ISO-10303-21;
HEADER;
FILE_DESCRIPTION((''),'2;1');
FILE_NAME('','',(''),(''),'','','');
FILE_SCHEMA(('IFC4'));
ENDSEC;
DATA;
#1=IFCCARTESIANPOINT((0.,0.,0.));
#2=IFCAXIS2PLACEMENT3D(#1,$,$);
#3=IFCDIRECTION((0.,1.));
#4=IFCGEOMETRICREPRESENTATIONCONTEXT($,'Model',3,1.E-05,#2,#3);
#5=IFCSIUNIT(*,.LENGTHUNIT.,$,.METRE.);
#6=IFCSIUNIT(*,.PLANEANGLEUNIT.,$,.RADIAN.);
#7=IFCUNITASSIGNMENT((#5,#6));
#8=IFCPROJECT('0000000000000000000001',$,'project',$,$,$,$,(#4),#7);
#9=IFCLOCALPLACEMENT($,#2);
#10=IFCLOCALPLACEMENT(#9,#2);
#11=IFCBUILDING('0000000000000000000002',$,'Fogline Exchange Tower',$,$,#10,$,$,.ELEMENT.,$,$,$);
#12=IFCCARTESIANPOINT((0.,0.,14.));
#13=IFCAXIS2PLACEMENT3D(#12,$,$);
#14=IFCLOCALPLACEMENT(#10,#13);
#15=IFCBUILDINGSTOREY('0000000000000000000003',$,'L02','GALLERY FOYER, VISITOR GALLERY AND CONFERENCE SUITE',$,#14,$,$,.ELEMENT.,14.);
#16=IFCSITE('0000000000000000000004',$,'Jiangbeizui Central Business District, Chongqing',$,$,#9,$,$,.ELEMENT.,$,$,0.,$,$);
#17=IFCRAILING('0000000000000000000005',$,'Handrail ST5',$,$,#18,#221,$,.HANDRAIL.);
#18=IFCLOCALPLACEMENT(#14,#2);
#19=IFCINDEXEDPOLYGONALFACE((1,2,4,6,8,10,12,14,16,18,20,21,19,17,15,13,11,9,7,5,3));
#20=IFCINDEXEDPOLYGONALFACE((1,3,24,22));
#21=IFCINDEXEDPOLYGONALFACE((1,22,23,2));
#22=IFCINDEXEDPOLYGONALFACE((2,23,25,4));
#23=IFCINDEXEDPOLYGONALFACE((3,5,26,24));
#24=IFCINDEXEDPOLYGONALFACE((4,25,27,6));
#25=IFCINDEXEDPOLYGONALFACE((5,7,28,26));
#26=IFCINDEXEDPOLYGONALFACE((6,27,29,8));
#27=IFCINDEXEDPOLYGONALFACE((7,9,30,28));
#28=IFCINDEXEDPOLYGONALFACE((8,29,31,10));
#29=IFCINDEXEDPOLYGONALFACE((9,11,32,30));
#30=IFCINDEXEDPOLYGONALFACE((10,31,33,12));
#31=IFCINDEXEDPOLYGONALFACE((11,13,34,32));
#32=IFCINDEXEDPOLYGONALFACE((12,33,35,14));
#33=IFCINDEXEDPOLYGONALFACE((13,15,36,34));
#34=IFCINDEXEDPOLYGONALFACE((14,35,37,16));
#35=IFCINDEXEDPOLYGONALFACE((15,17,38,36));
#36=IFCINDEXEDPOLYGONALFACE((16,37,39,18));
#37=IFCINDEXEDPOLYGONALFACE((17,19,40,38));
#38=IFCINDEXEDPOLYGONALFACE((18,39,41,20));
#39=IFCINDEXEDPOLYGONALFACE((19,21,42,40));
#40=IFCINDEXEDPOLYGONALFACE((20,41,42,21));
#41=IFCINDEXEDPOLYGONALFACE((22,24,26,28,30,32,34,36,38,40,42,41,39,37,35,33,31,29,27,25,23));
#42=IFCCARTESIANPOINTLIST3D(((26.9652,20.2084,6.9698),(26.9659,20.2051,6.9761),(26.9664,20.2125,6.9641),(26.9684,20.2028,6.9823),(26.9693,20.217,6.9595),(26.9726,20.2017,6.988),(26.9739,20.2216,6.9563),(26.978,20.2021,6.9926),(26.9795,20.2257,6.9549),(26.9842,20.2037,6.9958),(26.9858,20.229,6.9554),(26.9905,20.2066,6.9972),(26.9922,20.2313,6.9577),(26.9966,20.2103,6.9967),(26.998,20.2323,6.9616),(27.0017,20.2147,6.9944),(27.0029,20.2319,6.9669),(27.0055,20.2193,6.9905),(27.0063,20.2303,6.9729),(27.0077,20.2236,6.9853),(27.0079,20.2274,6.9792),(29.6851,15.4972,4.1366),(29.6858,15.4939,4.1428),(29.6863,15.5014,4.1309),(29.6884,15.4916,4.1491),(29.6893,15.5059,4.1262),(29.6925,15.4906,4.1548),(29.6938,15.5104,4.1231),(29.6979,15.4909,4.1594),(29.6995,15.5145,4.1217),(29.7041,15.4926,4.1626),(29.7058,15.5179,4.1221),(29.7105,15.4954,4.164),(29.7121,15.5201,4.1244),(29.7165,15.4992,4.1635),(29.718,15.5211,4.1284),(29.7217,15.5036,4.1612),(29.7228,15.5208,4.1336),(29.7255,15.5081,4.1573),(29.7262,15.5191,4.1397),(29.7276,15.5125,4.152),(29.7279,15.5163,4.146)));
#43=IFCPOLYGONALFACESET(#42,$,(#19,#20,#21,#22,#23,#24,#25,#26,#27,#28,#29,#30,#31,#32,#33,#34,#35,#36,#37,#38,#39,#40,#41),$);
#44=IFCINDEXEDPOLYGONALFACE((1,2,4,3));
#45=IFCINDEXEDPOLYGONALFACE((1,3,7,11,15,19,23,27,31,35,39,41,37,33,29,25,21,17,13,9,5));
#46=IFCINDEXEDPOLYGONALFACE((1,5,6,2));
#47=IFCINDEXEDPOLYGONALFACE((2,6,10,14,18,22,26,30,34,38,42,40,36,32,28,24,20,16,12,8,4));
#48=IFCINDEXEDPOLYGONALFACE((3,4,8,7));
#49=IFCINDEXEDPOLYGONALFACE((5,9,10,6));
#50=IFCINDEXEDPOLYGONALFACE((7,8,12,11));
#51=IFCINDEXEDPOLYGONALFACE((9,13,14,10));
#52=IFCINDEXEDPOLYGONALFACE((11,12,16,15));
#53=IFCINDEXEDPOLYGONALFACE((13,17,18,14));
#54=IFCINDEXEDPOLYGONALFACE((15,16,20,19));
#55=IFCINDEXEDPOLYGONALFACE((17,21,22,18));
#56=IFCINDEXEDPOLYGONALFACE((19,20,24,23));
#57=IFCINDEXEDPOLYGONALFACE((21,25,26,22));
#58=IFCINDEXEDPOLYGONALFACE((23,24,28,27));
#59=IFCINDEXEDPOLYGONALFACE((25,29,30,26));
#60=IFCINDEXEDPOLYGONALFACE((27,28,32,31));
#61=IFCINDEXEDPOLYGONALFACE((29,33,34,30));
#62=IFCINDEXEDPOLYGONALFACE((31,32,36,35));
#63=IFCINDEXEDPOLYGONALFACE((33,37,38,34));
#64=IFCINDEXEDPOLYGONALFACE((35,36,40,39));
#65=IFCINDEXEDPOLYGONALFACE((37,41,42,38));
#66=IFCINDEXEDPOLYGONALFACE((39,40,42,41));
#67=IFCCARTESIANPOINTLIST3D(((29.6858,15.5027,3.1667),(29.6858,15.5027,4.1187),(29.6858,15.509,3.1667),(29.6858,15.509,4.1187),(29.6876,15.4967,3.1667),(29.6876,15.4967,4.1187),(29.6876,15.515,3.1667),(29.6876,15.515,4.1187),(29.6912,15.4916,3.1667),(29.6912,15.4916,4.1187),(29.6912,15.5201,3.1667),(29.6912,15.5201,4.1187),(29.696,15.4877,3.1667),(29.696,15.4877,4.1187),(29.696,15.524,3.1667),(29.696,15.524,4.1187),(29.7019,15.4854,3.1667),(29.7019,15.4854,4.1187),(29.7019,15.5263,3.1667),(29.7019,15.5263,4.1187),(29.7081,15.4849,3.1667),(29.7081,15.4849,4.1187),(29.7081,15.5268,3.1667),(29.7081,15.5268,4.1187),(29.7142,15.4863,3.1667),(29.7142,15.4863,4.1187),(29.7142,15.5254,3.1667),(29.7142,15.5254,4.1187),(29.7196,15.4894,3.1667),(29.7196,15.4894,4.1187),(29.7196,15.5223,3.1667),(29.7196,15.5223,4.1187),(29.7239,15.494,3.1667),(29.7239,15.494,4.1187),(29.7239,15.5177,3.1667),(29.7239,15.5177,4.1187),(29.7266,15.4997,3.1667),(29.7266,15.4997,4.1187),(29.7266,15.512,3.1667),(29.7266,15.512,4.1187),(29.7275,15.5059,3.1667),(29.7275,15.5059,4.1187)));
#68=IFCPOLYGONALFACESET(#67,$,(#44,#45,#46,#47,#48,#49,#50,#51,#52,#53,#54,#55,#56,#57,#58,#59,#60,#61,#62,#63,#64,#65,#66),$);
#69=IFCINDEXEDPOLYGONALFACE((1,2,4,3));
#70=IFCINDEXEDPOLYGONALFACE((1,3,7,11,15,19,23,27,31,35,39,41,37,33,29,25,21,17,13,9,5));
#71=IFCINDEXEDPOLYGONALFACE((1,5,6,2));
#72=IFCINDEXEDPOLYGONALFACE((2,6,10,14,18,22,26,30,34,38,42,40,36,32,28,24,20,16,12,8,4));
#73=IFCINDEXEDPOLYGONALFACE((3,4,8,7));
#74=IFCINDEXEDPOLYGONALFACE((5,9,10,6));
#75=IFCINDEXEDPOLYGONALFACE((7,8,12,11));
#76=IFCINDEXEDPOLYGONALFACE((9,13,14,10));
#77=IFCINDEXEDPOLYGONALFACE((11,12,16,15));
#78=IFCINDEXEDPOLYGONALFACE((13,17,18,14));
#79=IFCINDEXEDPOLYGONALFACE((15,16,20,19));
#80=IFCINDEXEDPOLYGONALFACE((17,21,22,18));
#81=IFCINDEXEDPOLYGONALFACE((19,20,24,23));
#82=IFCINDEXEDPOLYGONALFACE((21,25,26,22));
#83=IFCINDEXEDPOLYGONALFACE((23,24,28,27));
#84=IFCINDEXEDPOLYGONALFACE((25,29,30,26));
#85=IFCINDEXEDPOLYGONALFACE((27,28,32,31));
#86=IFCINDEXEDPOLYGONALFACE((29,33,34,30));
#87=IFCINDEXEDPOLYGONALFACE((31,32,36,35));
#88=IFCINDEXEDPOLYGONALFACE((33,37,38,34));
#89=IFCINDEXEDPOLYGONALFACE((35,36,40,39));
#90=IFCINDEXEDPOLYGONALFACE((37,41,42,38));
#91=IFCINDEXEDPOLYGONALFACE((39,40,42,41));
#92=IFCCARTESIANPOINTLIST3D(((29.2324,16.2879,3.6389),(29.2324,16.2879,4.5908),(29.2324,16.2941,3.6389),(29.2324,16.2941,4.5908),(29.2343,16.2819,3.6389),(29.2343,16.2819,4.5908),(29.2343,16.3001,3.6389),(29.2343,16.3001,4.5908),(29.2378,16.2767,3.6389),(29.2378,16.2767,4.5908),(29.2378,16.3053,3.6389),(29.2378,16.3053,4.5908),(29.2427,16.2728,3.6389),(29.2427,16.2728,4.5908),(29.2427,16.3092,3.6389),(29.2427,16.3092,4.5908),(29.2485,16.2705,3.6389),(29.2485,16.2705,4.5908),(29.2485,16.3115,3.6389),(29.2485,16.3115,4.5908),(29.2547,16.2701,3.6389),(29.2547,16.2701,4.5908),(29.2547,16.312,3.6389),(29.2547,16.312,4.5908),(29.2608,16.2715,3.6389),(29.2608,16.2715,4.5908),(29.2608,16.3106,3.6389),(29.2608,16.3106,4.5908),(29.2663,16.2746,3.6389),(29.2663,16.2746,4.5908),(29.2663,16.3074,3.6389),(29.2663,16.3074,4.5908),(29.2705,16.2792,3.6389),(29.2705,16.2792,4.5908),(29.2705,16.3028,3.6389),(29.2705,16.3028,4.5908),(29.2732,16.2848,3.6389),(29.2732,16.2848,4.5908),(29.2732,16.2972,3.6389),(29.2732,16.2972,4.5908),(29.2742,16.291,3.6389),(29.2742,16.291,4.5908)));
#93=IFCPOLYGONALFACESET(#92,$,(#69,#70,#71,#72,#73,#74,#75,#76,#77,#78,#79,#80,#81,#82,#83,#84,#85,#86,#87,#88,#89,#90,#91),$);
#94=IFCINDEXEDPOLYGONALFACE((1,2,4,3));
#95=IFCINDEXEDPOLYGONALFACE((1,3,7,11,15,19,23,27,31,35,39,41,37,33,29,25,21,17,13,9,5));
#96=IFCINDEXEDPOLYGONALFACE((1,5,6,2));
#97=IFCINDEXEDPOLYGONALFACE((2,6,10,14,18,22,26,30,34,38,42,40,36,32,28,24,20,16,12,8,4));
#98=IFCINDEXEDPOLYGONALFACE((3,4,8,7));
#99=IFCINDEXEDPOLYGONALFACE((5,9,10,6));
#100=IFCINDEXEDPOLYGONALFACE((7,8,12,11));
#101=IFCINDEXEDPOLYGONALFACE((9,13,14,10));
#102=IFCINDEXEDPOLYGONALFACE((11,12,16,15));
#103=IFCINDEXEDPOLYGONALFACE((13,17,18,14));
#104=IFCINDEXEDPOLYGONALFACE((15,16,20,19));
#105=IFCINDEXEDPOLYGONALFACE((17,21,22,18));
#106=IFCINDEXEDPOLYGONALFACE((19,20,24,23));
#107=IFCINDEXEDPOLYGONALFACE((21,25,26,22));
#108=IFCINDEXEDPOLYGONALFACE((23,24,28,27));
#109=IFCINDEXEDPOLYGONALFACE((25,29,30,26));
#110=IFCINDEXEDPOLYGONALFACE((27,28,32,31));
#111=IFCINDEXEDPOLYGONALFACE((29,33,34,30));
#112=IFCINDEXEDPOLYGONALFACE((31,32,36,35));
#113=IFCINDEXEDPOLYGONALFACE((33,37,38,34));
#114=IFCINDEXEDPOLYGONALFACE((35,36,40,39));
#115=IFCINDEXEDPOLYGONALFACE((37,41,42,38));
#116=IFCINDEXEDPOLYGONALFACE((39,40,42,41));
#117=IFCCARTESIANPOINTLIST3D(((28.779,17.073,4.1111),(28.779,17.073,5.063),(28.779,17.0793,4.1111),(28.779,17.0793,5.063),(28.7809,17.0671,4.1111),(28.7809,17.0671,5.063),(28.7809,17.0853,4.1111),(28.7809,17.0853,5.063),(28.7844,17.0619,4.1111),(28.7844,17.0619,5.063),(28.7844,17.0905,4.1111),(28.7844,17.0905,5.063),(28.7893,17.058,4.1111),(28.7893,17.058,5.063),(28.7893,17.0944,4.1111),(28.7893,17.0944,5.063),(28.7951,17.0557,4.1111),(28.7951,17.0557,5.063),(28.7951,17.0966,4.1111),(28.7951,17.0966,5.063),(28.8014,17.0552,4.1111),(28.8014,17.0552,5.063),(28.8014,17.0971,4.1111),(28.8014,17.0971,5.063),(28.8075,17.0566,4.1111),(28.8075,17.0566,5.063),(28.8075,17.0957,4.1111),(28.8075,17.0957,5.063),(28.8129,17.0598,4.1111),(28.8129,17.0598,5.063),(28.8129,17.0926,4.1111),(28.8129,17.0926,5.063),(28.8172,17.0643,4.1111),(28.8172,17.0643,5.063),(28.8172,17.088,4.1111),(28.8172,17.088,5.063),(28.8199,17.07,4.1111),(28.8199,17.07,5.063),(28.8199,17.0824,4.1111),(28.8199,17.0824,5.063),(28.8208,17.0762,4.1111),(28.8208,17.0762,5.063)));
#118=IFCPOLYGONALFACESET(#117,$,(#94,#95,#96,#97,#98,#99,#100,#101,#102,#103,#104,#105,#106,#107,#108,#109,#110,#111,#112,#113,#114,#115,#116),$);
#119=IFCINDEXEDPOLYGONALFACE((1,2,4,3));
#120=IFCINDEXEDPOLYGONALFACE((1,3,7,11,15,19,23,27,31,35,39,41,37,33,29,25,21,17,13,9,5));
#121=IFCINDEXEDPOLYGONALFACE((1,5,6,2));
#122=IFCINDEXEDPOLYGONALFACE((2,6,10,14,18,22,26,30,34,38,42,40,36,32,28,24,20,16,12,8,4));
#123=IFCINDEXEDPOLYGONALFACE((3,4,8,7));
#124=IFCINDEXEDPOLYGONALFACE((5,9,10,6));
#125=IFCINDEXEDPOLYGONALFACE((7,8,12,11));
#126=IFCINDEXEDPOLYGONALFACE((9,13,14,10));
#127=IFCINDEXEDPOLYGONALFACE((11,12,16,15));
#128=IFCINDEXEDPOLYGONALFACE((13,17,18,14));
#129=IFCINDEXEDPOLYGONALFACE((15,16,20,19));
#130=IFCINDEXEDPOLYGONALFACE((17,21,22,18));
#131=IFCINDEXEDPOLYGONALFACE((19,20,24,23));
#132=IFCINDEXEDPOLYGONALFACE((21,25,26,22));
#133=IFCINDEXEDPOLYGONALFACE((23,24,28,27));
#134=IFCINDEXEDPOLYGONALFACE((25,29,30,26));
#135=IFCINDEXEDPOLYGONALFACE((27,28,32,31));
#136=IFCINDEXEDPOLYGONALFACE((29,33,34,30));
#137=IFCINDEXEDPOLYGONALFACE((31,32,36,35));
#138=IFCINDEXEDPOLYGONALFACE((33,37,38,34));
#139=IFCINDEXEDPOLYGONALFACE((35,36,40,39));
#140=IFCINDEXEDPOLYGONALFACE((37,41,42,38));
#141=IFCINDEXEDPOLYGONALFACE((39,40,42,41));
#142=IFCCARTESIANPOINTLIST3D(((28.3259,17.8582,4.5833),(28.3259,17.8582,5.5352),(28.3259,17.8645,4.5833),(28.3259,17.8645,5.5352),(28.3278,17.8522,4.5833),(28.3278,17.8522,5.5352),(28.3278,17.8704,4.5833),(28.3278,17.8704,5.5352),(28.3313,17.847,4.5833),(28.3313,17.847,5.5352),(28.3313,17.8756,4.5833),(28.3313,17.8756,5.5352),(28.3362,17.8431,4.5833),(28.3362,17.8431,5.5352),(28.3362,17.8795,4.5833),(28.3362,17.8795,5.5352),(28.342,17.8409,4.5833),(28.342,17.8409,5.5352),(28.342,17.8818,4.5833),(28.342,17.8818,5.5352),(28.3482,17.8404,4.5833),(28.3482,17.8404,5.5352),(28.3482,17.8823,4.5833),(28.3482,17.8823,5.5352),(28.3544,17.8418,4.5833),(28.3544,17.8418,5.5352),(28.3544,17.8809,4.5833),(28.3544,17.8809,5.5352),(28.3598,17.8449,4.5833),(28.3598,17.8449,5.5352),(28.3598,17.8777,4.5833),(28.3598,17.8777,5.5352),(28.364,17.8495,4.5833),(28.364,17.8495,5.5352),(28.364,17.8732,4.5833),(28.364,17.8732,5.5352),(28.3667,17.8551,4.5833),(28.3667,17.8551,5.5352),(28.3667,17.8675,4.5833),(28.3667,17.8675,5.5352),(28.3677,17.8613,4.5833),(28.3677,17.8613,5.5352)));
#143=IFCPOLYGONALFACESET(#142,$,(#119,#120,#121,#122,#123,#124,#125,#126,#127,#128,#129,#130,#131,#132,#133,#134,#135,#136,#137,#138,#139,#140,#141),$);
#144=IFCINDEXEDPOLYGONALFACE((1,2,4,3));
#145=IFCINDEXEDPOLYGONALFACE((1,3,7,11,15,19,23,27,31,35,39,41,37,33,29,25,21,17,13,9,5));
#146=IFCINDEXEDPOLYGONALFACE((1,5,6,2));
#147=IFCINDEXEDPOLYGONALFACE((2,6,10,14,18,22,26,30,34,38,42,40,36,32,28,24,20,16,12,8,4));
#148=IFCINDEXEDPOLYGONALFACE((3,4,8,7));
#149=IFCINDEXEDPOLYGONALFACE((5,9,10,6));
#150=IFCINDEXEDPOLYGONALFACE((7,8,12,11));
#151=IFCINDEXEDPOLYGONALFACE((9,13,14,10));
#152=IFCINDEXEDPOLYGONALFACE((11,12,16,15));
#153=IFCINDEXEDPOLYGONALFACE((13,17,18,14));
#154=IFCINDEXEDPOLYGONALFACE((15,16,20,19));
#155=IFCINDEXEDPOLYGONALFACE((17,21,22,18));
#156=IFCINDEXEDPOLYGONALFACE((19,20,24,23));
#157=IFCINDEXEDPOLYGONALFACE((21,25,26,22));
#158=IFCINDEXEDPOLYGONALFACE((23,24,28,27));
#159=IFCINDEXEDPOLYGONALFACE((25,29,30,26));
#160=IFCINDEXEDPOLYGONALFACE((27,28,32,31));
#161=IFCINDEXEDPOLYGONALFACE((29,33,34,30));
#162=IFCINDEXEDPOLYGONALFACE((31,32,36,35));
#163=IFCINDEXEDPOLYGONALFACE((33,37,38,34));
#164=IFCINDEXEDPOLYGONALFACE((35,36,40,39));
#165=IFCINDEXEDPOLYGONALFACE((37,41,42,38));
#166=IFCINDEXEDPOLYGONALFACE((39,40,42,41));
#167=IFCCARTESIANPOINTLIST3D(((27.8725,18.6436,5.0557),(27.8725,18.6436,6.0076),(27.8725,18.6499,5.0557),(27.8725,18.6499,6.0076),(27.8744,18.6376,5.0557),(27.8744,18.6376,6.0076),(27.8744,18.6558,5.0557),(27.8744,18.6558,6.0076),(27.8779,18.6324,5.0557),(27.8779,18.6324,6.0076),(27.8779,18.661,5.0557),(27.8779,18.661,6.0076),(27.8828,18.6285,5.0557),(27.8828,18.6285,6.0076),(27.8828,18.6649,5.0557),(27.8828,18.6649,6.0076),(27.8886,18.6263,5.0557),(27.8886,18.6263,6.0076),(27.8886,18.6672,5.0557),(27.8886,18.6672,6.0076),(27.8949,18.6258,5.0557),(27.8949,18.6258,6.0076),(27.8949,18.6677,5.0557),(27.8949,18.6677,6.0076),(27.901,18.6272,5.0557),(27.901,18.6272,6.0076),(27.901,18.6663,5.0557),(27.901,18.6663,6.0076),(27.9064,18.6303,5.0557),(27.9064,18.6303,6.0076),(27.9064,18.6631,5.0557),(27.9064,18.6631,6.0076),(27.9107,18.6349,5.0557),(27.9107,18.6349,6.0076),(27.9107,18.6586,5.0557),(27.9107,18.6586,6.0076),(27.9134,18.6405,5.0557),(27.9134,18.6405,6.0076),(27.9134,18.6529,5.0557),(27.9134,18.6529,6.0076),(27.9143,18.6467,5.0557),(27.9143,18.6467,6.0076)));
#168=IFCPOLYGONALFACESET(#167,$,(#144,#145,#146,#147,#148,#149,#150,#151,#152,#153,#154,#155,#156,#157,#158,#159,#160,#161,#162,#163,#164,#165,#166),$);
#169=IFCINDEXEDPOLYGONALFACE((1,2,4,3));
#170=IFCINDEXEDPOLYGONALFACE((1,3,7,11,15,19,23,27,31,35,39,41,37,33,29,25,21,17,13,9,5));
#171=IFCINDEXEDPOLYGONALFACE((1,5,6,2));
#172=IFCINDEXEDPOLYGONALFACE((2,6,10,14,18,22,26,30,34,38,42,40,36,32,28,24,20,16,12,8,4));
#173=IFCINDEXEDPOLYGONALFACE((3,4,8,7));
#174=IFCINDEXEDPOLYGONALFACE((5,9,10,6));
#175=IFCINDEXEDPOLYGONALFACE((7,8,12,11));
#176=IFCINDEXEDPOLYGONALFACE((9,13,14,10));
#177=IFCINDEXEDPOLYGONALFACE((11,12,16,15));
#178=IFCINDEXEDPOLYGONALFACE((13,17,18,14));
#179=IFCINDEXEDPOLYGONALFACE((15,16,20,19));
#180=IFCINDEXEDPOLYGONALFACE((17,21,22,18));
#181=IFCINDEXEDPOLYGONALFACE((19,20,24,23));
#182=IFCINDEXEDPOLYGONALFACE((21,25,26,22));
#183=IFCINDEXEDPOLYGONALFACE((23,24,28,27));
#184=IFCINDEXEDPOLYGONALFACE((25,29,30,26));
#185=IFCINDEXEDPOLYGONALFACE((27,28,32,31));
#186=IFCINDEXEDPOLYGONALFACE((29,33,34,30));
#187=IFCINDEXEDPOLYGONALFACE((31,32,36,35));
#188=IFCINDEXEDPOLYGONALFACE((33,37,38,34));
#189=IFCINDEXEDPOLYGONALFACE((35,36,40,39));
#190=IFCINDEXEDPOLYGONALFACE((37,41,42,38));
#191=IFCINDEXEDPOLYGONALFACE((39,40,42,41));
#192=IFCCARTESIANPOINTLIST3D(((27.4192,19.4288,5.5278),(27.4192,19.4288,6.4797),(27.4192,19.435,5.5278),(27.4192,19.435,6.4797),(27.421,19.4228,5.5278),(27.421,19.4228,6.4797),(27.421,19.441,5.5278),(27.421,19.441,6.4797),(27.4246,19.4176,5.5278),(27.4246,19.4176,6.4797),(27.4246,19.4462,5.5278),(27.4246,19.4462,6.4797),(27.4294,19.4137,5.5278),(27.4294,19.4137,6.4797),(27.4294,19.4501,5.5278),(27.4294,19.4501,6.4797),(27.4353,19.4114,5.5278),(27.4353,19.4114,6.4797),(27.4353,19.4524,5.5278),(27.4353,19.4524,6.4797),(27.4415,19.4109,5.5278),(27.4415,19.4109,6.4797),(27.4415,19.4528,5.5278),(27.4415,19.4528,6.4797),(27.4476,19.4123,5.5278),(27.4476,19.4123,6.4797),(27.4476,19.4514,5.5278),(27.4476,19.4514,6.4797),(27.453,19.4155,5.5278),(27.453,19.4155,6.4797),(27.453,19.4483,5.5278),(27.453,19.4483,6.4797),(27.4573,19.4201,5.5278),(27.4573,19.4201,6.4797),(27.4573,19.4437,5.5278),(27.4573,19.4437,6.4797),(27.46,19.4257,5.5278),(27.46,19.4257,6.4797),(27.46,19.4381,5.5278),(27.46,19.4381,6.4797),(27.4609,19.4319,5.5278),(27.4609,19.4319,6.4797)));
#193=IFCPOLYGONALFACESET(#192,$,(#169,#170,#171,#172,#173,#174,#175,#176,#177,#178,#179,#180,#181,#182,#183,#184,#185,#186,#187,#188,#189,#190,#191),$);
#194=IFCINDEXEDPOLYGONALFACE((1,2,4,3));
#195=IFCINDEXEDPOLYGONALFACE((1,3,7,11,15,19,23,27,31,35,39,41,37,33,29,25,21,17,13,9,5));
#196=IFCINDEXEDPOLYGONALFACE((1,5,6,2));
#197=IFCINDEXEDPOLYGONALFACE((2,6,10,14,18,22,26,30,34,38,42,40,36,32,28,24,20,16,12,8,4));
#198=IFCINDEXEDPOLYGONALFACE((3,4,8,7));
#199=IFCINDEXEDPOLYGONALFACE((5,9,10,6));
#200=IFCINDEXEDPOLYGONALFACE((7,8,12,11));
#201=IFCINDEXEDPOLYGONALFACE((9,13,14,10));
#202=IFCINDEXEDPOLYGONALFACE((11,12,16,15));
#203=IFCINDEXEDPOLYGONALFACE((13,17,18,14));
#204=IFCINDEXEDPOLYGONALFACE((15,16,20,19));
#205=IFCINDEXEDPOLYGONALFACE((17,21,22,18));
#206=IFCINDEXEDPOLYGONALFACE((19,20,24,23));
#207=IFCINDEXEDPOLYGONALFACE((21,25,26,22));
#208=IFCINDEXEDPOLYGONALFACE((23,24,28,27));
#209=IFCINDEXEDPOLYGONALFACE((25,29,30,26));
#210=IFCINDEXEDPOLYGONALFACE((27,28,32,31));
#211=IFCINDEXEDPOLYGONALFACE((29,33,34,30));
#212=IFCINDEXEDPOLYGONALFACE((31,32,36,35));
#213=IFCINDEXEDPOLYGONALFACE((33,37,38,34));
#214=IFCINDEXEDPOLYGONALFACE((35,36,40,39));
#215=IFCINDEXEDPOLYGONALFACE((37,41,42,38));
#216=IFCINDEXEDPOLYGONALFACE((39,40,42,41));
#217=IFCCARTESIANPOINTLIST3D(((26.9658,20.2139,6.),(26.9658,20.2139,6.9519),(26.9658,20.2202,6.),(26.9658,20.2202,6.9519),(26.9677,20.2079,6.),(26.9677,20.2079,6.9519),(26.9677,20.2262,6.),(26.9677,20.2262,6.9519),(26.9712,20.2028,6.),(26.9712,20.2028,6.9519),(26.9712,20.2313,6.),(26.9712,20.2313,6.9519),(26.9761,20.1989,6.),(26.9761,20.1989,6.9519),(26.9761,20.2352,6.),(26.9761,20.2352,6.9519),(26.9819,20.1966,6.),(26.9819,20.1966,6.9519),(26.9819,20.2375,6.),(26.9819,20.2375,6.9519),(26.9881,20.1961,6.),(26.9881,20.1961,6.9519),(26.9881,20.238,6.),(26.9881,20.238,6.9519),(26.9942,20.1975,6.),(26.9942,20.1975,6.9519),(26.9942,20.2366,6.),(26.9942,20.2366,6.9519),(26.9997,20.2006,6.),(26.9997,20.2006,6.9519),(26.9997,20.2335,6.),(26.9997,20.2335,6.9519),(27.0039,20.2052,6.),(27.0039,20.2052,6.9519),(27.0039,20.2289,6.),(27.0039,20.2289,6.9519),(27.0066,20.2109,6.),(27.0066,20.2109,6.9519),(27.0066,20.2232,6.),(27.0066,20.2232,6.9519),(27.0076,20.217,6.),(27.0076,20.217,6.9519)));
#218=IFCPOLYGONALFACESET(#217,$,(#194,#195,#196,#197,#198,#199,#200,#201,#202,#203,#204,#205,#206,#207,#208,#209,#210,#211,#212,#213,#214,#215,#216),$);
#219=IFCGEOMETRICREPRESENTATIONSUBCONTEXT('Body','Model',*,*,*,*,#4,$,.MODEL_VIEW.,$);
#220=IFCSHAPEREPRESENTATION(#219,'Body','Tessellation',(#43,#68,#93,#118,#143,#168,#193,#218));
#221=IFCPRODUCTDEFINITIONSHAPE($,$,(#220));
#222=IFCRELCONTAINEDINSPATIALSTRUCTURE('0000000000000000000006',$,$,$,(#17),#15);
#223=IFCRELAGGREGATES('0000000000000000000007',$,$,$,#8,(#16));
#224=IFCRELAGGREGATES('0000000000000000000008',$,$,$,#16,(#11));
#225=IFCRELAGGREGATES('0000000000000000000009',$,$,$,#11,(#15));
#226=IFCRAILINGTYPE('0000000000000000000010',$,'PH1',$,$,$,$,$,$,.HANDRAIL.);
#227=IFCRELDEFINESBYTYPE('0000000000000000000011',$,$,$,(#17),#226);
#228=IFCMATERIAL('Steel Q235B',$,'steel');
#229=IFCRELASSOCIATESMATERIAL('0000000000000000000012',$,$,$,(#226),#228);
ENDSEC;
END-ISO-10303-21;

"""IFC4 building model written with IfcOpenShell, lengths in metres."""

from ifc_helpers import new_model, si_unit, direction, frame, origin, origin_2d, place, context, subcontext, project, spatial, circle, extrude, material, type_object, element, save


model = new_model("IFC4")

# Units and contexts
model_context = context("Model", 3, precision=1e-05, world=origin(), true_north=direction((0.0, 1.0)))
body_context = subcontext(model_context, "Body", "Model", "MODEL_VIEW")
ifc_project = project(units=[si_unit("LENGTHUNIT", "METRE"), si_unit("PLANEANGLEUNIT", "RADIAN")], contexts=[model_context])

# Site, building, storey
site_placement = place(None, origin())
site = spatial("IfcSite", under=ifc_project, at=site_placement, Name="Jiangbeizui Central Business District, Chongqing", CompositionType="ELEMENT", RefElevation=0.0)
building_placement = place(site_placement, origin())
building = spatial("IfcBuilding", under=site, at=building_placement, Name="Fogline Exchange Tower", CompositionType="ELEMENT")
storey_placement = place(building_placement, frame((0.0, 0.0, 14.0)))
storey = spatial("IfcBuildingStorey", under=building, at=storey_placement, Name="L02", Description="GALLERY FOYER, VISITOR GALLERY AND CONFERENCE SUITE", CompositionType="ELEMENT", Elevation=14.0)

# Railing
ifc_material_1 = material(Name="Steel Q235B", Category="steel")
railing_type_1 = type_object("IfcRailingType", Name="PH1", PredefinedType="HANDRAIL", material=ifc_material_1)
railing_1_placement = place(storey_placement, frame((29.7065, 15.5059, 3.1667)))
element("IfcRailing", 1, at=railing_1_placement, inside=storey, type_object=railing_type_1, Name="Handrail ST5", PredefinedType="HANDRAIL", context=body_context, shape_type="SweptSolid", body=[
    extrude(circle(Radius=0.0239, at=origin_2d()), frame((0.0, 0.0, 0.9761), z_axis=(-0.443456, 0.768097, 0.461925), x_axis=(-0.866028, -0.499996, 0.0)), (0.0, 0.0, 1.0), 6.1335),
    extrude(circle(Radius=0.021, at=origin_2d()), origin(), (0.0, 0.0, 1.0), 0.9519),
    extrude(circle(Radius=0.021, at=origin_2d()), frame((-0.4534, 0.7852, 0.4722)), (0.0, 0.0, 1.0), 0.9519),
    extrude(circle(Radius=0.021, at=origin_2d()), frame((-0.9067, 1.5703, 0.9443)), (0.0, 0.0, 1.0), 0.9519),
    extrude(circle(Radius=0.021, at=origin_2d()), frame((-1.3599, 2.3555, 1.4165)), (0.0, 0.0, 1.0), 0.9519),
    extrude(circle(Radius=0.021, at=origin_2d()), frame((-1.8132, 3.1409, 1.8889)), (0.0, 0.0, 1.0), 0.9519),
    extrude(circle(Radius=0.021, at=origin_2d()), frame((-2.2666, 3.926, 2.3611)), (0.0, 0.0, 1.0), 0.9519),
    extrude(circle(Radius=0.021, at=origin_2d()), frame((-2.72, 4.7112, 2.8333)), (0.0, 0.0, 1.0), 0.9519),
])

save(model, "model.ifc")
